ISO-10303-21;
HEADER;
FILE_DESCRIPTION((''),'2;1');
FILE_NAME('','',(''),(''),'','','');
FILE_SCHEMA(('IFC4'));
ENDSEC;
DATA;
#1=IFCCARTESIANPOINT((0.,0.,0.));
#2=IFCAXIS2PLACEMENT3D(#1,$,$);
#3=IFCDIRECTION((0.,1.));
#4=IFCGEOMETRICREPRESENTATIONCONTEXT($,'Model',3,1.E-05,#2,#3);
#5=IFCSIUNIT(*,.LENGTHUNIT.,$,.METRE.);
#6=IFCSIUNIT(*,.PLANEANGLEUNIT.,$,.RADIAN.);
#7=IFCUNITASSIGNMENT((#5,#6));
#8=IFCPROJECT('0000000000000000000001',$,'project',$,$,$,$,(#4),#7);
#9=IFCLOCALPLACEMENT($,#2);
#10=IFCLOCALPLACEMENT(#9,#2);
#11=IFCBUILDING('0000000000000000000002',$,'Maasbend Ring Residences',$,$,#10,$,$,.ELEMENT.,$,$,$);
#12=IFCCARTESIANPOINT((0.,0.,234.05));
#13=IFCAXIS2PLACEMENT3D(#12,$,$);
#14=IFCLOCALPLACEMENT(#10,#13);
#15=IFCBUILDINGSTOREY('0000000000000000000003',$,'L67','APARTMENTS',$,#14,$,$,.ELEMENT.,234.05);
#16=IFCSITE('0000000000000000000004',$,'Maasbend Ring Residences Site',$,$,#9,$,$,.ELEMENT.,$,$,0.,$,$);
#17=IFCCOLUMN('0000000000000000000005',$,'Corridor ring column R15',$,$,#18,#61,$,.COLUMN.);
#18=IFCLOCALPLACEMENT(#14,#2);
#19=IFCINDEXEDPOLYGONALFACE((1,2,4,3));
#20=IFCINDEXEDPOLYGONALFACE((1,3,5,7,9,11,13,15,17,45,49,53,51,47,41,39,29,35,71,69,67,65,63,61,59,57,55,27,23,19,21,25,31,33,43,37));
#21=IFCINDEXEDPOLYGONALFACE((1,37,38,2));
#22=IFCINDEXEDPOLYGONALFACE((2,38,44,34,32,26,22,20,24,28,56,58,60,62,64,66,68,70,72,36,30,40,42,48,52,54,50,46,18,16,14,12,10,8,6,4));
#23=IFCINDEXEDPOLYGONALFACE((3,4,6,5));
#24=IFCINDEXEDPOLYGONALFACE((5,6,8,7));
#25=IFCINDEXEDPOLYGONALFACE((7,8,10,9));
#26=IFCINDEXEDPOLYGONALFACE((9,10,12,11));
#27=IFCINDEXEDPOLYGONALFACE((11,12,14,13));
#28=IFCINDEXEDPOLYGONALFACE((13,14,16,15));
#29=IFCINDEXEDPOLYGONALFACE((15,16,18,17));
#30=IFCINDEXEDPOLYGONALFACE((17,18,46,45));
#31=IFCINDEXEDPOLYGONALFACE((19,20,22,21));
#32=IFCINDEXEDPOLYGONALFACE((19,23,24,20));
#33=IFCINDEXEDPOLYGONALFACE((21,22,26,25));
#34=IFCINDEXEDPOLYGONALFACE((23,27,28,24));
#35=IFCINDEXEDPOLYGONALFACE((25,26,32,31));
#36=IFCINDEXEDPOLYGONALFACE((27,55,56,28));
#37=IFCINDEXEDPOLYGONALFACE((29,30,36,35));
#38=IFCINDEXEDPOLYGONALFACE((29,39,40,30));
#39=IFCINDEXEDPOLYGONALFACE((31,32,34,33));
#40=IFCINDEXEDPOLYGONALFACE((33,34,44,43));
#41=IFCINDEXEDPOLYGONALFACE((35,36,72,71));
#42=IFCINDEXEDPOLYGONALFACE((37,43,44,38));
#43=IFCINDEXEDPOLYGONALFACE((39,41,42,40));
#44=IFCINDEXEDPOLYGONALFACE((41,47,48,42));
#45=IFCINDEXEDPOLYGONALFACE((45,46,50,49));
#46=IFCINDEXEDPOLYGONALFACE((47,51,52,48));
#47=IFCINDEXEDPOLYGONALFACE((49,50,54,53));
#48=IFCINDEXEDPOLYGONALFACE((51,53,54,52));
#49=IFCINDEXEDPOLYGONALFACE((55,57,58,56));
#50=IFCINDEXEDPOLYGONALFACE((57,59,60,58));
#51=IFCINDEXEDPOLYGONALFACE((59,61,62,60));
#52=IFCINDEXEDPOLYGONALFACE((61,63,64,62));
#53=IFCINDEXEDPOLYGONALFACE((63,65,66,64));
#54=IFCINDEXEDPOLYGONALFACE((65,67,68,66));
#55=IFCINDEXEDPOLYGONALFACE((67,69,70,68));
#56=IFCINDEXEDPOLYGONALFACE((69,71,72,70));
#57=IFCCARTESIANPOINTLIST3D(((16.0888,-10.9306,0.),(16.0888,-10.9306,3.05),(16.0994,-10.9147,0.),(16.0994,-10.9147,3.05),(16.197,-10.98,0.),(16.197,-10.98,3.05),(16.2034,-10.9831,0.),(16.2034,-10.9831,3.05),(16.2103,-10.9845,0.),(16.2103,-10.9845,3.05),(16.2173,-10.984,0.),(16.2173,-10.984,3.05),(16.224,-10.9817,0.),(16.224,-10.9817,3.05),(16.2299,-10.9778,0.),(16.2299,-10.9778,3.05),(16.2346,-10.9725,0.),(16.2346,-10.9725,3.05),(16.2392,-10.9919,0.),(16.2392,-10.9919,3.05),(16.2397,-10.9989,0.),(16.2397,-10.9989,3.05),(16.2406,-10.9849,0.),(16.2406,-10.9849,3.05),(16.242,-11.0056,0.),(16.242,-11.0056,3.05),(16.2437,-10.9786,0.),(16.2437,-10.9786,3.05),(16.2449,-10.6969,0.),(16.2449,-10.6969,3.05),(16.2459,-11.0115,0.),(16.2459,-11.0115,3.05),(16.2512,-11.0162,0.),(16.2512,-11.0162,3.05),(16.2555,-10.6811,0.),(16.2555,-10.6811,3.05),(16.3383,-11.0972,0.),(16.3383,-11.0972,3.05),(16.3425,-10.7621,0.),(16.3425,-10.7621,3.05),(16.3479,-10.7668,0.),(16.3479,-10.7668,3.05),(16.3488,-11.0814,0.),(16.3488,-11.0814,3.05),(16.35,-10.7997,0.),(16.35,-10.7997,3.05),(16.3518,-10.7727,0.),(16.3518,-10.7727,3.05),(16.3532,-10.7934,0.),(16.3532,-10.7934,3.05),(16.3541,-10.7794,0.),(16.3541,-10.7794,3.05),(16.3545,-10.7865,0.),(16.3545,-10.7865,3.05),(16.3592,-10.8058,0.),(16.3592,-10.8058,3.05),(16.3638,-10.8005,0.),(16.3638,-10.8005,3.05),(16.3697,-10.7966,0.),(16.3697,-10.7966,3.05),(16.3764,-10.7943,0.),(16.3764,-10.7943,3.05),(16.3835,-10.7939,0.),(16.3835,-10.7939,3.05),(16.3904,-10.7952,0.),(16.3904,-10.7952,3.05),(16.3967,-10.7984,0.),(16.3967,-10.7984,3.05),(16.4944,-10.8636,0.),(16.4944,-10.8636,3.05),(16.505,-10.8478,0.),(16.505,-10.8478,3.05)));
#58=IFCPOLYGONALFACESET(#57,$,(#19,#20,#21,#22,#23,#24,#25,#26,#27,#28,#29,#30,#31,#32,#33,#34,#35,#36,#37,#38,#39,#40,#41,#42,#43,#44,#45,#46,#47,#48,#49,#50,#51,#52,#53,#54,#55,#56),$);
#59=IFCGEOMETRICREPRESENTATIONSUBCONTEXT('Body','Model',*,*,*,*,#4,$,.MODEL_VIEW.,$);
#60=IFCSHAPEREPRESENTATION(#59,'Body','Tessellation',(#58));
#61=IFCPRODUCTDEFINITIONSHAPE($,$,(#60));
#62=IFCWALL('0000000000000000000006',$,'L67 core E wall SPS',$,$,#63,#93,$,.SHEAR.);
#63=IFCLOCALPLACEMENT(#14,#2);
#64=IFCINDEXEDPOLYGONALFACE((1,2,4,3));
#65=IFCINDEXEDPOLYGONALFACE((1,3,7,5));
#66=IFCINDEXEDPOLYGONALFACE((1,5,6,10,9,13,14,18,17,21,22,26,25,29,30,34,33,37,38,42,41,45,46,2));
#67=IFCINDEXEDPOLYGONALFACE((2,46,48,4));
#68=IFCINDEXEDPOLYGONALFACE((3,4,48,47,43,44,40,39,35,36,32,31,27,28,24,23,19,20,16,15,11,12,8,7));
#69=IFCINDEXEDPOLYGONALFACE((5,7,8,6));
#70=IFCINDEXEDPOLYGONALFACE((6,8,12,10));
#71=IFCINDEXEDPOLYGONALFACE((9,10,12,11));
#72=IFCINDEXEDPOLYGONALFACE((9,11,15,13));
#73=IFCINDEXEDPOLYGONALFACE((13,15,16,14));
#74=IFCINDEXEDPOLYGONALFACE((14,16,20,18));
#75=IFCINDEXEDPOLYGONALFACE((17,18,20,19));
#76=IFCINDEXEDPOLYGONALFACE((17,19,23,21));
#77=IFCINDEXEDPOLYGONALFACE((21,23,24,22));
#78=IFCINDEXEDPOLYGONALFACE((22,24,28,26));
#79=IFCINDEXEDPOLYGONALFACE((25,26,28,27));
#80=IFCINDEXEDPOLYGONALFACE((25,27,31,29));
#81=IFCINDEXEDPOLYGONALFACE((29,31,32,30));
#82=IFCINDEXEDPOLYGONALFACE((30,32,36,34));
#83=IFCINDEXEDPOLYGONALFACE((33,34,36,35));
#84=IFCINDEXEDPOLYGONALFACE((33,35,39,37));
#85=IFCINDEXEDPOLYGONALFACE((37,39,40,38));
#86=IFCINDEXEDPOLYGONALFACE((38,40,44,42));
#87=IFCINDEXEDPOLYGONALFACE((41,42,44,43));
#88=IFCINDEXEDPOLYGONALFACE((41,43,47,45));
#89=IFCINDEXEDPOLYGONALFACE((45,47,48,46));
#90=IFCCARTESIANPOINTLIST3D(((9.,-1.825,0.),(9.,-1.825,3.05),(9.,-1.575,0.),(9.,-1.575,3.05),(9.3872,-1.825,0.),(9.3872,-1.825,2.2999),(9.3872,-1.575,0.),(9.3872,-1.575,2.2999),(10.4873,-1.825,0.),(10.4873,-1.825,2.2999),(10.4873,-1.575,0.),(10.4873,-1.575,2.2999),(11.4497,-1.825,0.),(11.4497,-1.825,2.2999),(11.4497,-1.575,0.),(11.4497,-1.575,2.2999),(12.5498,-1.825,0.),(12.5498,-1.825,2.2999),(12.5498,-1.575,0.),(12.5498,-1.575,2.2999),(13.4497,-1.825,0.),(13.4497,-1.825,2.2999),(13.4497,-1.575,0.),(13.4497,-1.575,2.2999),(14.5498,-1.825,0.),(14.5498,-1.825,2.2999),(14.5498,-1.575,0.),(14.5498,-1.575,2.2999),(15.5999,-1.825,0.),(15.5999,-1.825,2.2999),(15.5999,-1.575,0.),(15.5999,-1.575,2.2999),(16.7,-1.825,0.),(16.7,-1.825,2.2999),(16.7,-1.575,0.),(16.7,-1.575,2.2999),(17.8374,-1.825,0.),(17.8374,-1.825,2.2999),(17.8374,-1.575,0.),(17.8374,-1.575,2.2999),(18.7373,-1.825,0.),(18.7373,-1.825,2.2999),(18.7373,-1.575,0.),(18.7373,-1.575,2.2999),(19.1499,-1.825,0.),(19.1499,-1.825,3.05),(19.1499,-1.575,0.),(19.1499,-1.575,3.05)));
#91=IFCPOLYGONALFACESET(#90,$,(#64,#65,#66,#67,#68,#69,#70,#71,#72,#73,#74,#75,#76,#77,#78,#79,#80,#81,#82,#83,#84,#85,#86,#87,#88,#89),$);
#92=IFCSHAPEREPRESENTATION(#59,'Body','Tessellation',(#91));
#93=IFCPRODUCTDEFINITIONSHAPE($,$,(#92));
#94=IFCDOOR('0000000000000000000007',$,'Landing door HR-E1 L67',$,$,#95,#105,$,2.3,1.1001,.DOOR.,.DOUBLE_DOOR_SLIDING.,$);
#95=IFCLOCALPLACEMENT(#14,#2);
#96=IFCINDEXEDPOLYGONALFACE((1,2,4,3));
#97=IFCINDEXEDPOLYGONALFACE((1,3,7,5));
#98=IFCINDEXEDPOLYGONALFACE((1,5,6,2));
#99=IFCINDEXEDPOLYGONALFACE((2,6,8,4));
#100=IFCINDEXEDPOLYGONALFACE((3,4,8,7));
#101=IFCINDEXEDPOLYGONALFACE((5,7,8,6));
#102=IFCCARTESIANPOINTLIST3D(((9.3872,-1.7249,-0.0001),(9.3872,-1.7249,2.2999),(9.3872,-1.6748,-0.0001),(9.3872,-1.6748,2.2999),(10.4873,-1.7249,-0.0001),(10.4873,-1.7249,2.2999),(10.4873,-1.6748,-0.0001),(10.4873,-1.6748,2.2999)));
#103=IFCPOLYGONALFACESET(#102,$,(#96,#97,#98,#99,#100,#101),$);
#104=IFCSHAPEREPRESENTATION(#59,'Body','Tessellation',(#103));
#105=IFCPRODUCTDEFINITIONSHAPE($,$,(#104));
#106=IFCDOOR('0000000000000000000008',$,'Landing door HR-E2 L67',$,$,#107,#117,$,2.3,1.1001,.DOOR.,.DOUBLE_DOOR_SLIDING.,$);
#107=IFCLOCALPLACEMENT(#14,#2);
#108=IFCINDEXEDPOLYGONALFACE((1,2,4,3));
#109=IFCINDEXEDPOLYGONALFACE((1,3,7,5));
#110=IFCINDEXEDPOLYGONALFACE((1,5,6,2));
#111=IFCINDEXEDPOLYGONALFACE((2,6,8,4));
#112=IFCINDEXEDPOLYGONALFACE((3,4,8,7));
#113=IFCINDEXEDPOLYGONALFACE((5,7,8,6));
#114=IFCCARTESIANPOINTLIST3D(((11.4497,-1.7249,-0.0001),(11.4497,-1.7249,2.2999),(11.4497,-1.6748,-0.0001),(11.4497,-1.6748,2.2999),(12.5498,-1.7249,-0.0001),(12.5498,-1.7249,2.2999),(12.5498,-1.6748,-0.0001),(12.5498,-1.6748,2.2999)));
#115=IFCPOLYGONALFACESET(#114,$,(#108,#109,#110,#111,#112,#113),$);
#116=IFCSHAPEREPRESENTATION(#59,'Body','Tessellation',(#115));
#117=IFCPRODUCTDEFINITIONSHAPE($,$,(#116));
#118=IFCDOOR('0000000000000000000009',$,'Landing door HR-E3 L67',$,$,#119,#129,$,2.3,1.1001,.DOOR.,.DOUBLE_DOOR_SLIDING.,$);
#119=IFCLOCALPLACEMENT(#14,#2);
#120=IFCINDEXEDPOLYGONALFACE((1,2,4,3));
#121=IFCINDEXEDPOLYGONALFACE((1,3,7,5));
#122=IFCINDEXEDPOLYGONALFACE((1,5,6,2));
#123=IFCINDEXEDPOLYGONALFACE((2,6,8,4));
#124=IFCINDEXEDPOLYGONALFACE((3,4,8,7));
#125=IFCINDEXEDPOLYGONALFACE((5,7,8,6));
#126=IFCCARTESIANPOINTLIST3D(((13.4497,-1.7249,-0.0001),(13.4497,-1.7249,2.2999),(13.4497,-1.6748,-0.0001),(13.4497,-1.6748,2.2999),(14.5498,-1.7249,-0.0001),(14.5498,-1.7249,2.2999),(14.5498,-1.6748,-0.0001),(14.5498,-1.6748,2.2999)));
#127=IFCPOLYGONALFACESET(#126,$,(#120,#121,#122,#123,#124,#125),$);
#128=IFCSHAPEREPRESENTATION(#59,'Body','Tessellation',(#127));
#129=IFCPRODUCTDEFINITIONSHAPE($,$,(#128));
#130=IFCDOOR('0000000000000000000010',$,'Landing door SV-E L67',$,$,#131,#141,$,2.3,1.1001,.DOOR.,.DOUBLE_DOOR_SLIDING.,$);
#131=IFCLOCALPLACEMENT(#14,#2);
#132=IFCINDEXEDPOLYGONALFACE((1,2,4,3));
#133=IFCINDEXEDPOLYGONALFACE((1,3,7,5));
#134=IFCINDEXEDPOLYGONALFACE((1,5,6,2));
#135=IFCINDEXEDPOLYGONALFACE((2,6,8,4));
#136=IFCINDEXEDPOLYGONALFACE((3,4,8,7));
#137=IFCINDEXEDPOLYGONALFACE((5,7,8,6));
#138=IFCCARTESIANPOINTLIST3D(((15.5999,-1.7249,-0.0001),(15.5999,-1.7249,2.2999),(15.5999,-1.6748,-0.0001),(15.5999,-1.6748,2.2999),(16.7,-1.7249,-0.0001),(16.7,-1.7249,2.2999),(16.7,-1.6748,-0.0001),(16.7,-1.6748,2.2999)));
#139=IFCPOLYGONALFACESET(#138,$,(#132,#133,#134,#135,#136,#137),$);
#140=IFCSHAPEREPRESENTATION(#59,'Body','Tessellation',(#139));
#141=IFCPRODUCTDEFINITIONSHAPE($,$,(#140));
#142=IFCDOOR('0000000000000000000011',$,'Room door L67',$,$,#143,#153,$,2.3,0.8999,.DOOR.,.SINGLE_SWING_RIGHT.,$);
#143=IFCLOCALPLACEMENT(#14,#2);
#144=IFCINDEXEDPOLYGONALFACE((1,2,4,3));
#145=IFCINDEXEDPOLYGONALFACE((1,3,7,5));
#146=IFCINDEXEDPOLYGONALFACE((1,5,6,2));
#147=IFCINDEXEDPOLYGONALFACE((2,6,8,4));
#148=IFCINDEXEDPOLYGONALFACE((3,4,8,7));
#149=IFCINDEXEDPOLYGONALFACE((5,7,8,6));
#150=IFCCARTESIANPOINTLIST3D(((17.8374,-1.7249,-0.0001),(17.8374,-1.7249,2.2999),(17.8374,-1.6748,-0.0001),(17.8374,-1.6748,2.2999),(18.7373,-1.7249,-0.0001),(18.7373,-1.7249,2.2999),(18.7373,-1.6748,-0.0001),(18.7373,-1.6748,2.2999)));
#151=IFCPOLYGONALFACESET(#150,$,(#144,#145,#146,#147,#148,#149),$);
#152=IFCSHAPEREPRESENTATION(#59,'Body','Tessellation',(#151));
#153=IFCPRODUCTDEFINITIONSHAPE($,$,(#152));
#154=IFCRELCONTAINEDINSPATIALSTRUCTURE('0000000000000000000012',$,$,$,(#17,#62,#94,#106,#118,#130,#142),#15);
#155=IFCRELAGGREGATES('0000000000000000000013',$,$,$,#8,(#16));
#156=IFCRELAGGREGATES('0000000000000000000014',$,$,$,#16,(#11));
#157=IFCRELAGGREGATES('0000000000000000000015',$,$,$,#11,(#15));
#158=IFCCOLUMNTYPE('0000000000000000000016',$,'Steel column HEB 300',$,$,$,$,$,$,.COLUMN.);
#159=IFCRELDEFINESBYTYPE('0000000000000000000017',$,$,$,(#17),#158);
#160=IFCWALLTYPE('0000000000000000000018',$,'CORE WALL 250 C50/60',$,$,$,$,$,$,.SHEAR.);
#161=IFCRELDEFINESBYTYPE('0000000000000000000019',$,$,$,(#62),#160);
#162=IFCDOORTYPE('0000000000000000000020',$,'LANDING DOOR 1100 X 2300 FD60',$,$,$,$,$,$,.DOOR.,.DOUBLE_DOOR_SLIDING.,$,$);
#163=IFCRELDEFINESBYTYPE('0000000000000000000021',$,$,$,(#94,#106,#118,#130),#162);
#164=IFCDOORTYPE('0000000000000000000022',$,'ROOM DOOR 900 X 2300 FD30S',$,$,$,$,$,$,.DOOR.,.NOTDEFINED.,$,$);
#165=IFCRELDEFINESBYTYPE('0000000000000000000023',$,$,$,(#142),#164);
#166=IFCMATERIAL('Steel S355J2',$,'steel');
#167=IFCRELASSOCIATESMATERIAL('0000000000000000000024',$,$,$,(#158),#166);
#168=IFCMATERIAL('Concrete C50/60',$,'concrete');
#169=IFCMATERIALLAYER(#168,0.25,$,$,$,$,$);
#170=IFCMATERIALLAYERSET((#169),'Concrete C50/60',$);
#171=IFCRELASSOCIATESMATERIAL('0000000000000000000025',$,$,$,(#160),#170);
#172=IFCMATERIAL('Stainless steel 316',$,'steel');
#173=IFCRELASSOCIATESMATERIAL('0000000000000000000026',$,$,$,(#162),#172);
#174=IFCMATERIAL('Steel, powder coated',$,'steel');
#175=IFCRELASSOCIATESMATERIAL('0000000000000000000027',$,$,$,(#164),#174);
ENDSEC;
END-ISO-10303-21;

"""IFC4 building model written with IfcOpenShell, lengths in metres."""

from ifc_helpers import new_model, si_unit, direction, frame, frame_2d, origin, origin_2d, place, context, subcontext, project, spatial, rectangle, i_section, extrude, material, layer, layer_set, material_profile, profile_set, type_object, element, fill, save


model = new_model("IFC4")

# Units and contexts
model_context = context("Model", 3, precision=1e-05, world=origin(), true_north=direction((0.0, 1.0)))
body_context = subcontext(model_context, "Body", "Model", "MODEL_VIEW")
ifc_project = project(units=[si_unit("LENGTHUNIT", "METRE"), si_unit("PLANEANGLEUNIT", "RADIAN")], contexts=[model_context])

# Site, building, storey
site_placement = place(None, origin())
site = spatial("IfcSite", under=ifc_project, at=site_placement, Name="Maasbend Ring Residences Site", CompositionType="ELEMENT", RefElevation=0.0)
building_placement = place(site_placement, origin())
building = spatial("IfcBuilding", under=site, at=building_placement, Name="Maasbend Ring Residences", CompositionType="ELEMENT")
storey_placement = place(building_placement, frame((0.0, 0.0, 234.05)))
storey = spatial("IfcBuildingStorey", under=building, at=storey_placement, Name="L67", Description="APARTMENTS", CompositionType="ELEMENT", Elevation=234.05)

# Column
ifc_material_1 = material(Name="Steel S355J2", Category="steel")
ifc_material_profile = material_profile(ifc_material_1, i_section(OverallWidth=0.3, OverallDepth=0.3, WebThickness=0.011, FlangeThickness=0.019, FilletRadius=0.0271, at=origin_2d()), Name="HEB 300")
ifc_profile_set = profile_set([ifc_material_profile], Name="Steel S355J2")
column_type = type_object("IfcColumnType", Name="Steel column HEB 300", PredefinedType="COLUMN", material=ifc_profile_set)
column_placement = place(storey_placement, frame((16.2969, -10.8892, 0.0), z_axis=(0.0, 0.0, 1.0), x_axis=(0.83147, -0.55557, 0.0)))
element("IfcColumn", 1, at=column_placement, inside=storey, type_object=column_type, Name="Corridor ring column R15", PredefinedType="COLUMN", context=body_context, shape_type="SweptSolid", body=[
    extrude(i_section(OverallWidth=0.3, OverallDepth=0.3, WebThickness=0.011, FlangeThickness=0.019, FilletRadius=0.0271, at=origin_2d()), origin(), (0.0, 0.0, 1.0), 3.05),
])

# Wall, openings, doors
ifc_material_2 = material(Name="Concrete C50/60", Category="concrete")
ifc_layer_1 = layer(ifc_material_2, 0.25)
ifc_layer_set_1 = layer_set([ifc_layer_1], Name="Concrete C50/60")
wall_type_1 = type_object("IfcWallType", Name="CORE WALL 250 C50/60", PredefinedType="SHEAR", material=ifc_layer_set_1)
wall_1_placement = place(storey_placement, frame((19.1499, -1.7, 0.0), z_axis=(0.0, 0.0, 1.0), x_axis=(-1.0, 0.0, 0.0)))
wall_1 = element("IfcWall", 2, at=wall_1_placement, inside=storey, type_object=wall_type_1, Name="L67 core E wall SPS", PredefinedType="SHEAR", context=body_context, shape_type="SweptSolid", body=[
    extrude(rectangle(XDim=10.1499, YDim=0.25, at=frame_2d((5.075, 0.0))), origin(), (0.0, 0.0, 1.0), 3.05),
])
opening_1_placement = place(wall_1_placement, frame((8.6626, 0.0, 0.0)))
opening_1 = element("IfcOpeningElement", 3, at=opening_1_placement, cuts=wall_1, PredefinedType="OPENING", context=body_context, shape_type="SweptSolid", body=[
    extrude(rectangle(XDim=1.1001, YDim=2.3, at=frame_2d((0.55, 1.1499))), frame((0.0, 0.135, 0.0), z_axis=(0.0, -1.0, 0.0), x_axis=(1.0, 0.0, 0.0)), (0.0, 0.0, 1.0), 0.27),
])
opening_2_placement = place(wall_1_placement, frame((6.6001, 0.0, 0.0)))
opening_2 = element("IfcOpeningElement", 4, at=opening_2_placement, cuts=wall_1, PredefinedType="OPENING", context=body_context, shape_type="SweptSolid", body=[
    extrude(rectangle(XDim=1.1001, YDim=2.3, at=frame_2d((0.55, 1.1499))), frame((0.0, 0.135, 0.0), z_axis=(0.0, -1.0, 0.0), x_axis=(1.0, 0.0, 0.0)), (0.0, 0.0, 1.0), 0.27),
])
opening_3_placement = place(wall_1_placement, frame((4.6001, 0.0, 0.0)))
opening_3 = element("IfcOpeningElement", 5, at=opening_3_placement, cuts=wall_1, PredefinedType="OPENING", context=body_context, shape_type="SweptSolid", body=[
    extrude(rectangle(XDim=1.1001, YDim=2.3, at=frame_2d((0.55, 1.1499))), frame((0.0, 0.135, 0.0), z_axis=(0.0, -1.0, 0.0), x_axis=(1.0, 0.0, 0.0)), (0.0, 0.0, 1.0), 0.27),
])
opening_4_placement = place(wall_1_placement, frame((2.45, 0.0, 0.0)))
opening_4 = element("IfcOpeningElement", 6, at=opening_4_placement, cuts=wall_1, PredefinedType="OPENING", context=body_context, shape_type="SweptSolid", body=[
    extrude(rectangle(XDim=1.1001, YDim=2.3, at=frame_2d((0.55, 1.1499))), frame((0.0, 0.135, 0.0), z_axis=(0.0, -1.0, 0.0), x_axis=(1.0, 0.0, 0.0)), (0.0, 0.0, 1.0), 0.27),
])
opening_5_placement = place(wall_1_placement, frame((0.4126, 0.0, 0.0)))
opening_5 = element("IfcOpeningElement", 7, at=opening_5_placement, cuts=wall_1, PredefinedType="OPENING", context=body_context, shape_type="SweptSolid", body=[
    extrude(rectangle(XDim=0.8999, YDim=2.3, at=frame_2d((0.45, 1.1499))), frame((0.0, 0.135, 0.0), z_axis=(0.0, -1.0, 0.0), x_axis=(1.0, 0.0, 0.0)), (0.0, 0.0, 1.0), 0.27),
])
ifc_material_3 = material(Name="Stainless steel 316", Category="steel")
door_type_1 = type_object("IfcDoorType", Name="LANDING DOOR 1100 X 2300 FD60", OperationType="DOUBLE_DOOR_SLIDING", PredefinedType="DOOR", material=ifc_material_3)
door_1_placement = place(opening_1_placement, origin())
door_1 = element("IfcDoor", 8, at=door_1_placement, inside=storey, type_object=door_type_1, Name="Landing door HR-E1 L67", OperationType="DOUBLE_DOOR_SLIDING", OverallHeight=2.3, OverallWidth=1.1001, PredefinedType="DOOR", context=body_context, shape_type="SweptSolid", body=[
    extrude(rectangle(XDim=1.1001, YDim=2.3, at=frame_2d((0.55, 1.1499))), frame((0.0, 0.0249, 0.0), z_axis=(0.0, -1.0, 0.0), x_axis=(1.0, 0.0, 0.0)), (0.0, 0.0, 1.0), 0.05),
])
fill(opening_1, door_1)
door_2_placement = place(opening_2_placement, origin())
door_2 = element("IfcDoor", 9, at=door_2_placement, inside=storey, type_object=door_type_1, Name="Landing door HR-E2 L67", OperationType="DOUBLE_DOOR_SLIDING", OverallHeight=2.3, OverallWidth=1.1001, PredefinedType="DOOR", context=body_context, shape_type="SweptSolid", body=[
    extrude(rectangle(XDim=1.1001, YDim=2.3, at=frame_2d((0.55, 1.1499))), frame((0.0, 0.0249, 0.0), z_axis=(0.0, -1.0, 0.0), x_axis=(1.0, 0.0, 0.0)), (0.0, 0.0, 1.0), 0.05),
])
fill(opening_2, door_2)
door_3_placement = place(opening_3_placement, origin())
door_3 = element("IfcDoor", 10, at=door_3_placement, inside=storey, type_object=door_type_1, Name="Landing door HR-E3 L67", OperationType="DOUBLE_DOOR_SLIDING", OverallHeight=2.3, OverallWidth=1.1001, PredefinedType="DOOR", context=body_context, shape_type="SweptSolid", body=[
    extrude(rectangle(XDim=1.1001, YDim=2.3, at=frame_2d((0.55, 1.1499))), frame((0.0, 0.0249, 0.0), z_axis=(0.0, -1.0, 0.0), x_axis=(1.0, 0.0, 0.0)), (0.0, 0.0, 1.0), 0.05),
])
fill(opening_3, door_3)
door_4_placement = place(opening_4_placement, origin())
door_4 = element("IfcDoor", 11, at=door_4_placement, inside=storey, type_object=door_type_1, Name="Landing door SV-E L67", OperationType="DOUBLE_DOOR_SLIDING", OverallHeight=2.3, OverallWidth=1.1001, PredefinedType="DOOR", context=body_context, shape_type="SweptSolid", body=[
    extrude(rectangle(XDim=1.1001, YDim=2.3, at=frame_2d((0.55, 1.1499))), frame((0.0, 0.0249, 0.0), z_axis=(0.0, -1.0, 0.0), x_axis=(1.0, 0.0, 0.0)), (0.0, 0.0, 1.0), 0.05),
])
fill(opening_4, door_4)
ifc_material_4 = material(Name="Steel, powder coated", Category="steel")
door_type_2 = type_object("IfcDoorType", Name="ROOM DOOR 900 X 2300 FD30S", OperationType="NOTDEFINED", PredefinedType="DOOR", material=ifc_material_4)
door_5_placement = place(opening_5_placement, origin())
door_5 = element("IfcDoor", 12, at=door_5_placement, inside=storey, type_object=door_type_2, Name="Room door L67", OperationType="SINGLE_SWING_RIGHT", OverallHeight=2.3, OverallWidth=0.8999, PredefinedType="DOOR", context=body_context, shape_type="SweptSolid", body=[
    extrude(rectangle(XDim=0.8999, YDim=2.3, at=frame_2d((0.45, 1.1499))), frame((0.0, 0.0249, 0.0), z_axis=(0.0, -1.0, 0.0), x_axis=(1.0, 0.0, 0.0)), (0.0, 0.0, 1.0), 0.05),
])
fill(opening_5, door_5)

save(model, "model.ifc")
